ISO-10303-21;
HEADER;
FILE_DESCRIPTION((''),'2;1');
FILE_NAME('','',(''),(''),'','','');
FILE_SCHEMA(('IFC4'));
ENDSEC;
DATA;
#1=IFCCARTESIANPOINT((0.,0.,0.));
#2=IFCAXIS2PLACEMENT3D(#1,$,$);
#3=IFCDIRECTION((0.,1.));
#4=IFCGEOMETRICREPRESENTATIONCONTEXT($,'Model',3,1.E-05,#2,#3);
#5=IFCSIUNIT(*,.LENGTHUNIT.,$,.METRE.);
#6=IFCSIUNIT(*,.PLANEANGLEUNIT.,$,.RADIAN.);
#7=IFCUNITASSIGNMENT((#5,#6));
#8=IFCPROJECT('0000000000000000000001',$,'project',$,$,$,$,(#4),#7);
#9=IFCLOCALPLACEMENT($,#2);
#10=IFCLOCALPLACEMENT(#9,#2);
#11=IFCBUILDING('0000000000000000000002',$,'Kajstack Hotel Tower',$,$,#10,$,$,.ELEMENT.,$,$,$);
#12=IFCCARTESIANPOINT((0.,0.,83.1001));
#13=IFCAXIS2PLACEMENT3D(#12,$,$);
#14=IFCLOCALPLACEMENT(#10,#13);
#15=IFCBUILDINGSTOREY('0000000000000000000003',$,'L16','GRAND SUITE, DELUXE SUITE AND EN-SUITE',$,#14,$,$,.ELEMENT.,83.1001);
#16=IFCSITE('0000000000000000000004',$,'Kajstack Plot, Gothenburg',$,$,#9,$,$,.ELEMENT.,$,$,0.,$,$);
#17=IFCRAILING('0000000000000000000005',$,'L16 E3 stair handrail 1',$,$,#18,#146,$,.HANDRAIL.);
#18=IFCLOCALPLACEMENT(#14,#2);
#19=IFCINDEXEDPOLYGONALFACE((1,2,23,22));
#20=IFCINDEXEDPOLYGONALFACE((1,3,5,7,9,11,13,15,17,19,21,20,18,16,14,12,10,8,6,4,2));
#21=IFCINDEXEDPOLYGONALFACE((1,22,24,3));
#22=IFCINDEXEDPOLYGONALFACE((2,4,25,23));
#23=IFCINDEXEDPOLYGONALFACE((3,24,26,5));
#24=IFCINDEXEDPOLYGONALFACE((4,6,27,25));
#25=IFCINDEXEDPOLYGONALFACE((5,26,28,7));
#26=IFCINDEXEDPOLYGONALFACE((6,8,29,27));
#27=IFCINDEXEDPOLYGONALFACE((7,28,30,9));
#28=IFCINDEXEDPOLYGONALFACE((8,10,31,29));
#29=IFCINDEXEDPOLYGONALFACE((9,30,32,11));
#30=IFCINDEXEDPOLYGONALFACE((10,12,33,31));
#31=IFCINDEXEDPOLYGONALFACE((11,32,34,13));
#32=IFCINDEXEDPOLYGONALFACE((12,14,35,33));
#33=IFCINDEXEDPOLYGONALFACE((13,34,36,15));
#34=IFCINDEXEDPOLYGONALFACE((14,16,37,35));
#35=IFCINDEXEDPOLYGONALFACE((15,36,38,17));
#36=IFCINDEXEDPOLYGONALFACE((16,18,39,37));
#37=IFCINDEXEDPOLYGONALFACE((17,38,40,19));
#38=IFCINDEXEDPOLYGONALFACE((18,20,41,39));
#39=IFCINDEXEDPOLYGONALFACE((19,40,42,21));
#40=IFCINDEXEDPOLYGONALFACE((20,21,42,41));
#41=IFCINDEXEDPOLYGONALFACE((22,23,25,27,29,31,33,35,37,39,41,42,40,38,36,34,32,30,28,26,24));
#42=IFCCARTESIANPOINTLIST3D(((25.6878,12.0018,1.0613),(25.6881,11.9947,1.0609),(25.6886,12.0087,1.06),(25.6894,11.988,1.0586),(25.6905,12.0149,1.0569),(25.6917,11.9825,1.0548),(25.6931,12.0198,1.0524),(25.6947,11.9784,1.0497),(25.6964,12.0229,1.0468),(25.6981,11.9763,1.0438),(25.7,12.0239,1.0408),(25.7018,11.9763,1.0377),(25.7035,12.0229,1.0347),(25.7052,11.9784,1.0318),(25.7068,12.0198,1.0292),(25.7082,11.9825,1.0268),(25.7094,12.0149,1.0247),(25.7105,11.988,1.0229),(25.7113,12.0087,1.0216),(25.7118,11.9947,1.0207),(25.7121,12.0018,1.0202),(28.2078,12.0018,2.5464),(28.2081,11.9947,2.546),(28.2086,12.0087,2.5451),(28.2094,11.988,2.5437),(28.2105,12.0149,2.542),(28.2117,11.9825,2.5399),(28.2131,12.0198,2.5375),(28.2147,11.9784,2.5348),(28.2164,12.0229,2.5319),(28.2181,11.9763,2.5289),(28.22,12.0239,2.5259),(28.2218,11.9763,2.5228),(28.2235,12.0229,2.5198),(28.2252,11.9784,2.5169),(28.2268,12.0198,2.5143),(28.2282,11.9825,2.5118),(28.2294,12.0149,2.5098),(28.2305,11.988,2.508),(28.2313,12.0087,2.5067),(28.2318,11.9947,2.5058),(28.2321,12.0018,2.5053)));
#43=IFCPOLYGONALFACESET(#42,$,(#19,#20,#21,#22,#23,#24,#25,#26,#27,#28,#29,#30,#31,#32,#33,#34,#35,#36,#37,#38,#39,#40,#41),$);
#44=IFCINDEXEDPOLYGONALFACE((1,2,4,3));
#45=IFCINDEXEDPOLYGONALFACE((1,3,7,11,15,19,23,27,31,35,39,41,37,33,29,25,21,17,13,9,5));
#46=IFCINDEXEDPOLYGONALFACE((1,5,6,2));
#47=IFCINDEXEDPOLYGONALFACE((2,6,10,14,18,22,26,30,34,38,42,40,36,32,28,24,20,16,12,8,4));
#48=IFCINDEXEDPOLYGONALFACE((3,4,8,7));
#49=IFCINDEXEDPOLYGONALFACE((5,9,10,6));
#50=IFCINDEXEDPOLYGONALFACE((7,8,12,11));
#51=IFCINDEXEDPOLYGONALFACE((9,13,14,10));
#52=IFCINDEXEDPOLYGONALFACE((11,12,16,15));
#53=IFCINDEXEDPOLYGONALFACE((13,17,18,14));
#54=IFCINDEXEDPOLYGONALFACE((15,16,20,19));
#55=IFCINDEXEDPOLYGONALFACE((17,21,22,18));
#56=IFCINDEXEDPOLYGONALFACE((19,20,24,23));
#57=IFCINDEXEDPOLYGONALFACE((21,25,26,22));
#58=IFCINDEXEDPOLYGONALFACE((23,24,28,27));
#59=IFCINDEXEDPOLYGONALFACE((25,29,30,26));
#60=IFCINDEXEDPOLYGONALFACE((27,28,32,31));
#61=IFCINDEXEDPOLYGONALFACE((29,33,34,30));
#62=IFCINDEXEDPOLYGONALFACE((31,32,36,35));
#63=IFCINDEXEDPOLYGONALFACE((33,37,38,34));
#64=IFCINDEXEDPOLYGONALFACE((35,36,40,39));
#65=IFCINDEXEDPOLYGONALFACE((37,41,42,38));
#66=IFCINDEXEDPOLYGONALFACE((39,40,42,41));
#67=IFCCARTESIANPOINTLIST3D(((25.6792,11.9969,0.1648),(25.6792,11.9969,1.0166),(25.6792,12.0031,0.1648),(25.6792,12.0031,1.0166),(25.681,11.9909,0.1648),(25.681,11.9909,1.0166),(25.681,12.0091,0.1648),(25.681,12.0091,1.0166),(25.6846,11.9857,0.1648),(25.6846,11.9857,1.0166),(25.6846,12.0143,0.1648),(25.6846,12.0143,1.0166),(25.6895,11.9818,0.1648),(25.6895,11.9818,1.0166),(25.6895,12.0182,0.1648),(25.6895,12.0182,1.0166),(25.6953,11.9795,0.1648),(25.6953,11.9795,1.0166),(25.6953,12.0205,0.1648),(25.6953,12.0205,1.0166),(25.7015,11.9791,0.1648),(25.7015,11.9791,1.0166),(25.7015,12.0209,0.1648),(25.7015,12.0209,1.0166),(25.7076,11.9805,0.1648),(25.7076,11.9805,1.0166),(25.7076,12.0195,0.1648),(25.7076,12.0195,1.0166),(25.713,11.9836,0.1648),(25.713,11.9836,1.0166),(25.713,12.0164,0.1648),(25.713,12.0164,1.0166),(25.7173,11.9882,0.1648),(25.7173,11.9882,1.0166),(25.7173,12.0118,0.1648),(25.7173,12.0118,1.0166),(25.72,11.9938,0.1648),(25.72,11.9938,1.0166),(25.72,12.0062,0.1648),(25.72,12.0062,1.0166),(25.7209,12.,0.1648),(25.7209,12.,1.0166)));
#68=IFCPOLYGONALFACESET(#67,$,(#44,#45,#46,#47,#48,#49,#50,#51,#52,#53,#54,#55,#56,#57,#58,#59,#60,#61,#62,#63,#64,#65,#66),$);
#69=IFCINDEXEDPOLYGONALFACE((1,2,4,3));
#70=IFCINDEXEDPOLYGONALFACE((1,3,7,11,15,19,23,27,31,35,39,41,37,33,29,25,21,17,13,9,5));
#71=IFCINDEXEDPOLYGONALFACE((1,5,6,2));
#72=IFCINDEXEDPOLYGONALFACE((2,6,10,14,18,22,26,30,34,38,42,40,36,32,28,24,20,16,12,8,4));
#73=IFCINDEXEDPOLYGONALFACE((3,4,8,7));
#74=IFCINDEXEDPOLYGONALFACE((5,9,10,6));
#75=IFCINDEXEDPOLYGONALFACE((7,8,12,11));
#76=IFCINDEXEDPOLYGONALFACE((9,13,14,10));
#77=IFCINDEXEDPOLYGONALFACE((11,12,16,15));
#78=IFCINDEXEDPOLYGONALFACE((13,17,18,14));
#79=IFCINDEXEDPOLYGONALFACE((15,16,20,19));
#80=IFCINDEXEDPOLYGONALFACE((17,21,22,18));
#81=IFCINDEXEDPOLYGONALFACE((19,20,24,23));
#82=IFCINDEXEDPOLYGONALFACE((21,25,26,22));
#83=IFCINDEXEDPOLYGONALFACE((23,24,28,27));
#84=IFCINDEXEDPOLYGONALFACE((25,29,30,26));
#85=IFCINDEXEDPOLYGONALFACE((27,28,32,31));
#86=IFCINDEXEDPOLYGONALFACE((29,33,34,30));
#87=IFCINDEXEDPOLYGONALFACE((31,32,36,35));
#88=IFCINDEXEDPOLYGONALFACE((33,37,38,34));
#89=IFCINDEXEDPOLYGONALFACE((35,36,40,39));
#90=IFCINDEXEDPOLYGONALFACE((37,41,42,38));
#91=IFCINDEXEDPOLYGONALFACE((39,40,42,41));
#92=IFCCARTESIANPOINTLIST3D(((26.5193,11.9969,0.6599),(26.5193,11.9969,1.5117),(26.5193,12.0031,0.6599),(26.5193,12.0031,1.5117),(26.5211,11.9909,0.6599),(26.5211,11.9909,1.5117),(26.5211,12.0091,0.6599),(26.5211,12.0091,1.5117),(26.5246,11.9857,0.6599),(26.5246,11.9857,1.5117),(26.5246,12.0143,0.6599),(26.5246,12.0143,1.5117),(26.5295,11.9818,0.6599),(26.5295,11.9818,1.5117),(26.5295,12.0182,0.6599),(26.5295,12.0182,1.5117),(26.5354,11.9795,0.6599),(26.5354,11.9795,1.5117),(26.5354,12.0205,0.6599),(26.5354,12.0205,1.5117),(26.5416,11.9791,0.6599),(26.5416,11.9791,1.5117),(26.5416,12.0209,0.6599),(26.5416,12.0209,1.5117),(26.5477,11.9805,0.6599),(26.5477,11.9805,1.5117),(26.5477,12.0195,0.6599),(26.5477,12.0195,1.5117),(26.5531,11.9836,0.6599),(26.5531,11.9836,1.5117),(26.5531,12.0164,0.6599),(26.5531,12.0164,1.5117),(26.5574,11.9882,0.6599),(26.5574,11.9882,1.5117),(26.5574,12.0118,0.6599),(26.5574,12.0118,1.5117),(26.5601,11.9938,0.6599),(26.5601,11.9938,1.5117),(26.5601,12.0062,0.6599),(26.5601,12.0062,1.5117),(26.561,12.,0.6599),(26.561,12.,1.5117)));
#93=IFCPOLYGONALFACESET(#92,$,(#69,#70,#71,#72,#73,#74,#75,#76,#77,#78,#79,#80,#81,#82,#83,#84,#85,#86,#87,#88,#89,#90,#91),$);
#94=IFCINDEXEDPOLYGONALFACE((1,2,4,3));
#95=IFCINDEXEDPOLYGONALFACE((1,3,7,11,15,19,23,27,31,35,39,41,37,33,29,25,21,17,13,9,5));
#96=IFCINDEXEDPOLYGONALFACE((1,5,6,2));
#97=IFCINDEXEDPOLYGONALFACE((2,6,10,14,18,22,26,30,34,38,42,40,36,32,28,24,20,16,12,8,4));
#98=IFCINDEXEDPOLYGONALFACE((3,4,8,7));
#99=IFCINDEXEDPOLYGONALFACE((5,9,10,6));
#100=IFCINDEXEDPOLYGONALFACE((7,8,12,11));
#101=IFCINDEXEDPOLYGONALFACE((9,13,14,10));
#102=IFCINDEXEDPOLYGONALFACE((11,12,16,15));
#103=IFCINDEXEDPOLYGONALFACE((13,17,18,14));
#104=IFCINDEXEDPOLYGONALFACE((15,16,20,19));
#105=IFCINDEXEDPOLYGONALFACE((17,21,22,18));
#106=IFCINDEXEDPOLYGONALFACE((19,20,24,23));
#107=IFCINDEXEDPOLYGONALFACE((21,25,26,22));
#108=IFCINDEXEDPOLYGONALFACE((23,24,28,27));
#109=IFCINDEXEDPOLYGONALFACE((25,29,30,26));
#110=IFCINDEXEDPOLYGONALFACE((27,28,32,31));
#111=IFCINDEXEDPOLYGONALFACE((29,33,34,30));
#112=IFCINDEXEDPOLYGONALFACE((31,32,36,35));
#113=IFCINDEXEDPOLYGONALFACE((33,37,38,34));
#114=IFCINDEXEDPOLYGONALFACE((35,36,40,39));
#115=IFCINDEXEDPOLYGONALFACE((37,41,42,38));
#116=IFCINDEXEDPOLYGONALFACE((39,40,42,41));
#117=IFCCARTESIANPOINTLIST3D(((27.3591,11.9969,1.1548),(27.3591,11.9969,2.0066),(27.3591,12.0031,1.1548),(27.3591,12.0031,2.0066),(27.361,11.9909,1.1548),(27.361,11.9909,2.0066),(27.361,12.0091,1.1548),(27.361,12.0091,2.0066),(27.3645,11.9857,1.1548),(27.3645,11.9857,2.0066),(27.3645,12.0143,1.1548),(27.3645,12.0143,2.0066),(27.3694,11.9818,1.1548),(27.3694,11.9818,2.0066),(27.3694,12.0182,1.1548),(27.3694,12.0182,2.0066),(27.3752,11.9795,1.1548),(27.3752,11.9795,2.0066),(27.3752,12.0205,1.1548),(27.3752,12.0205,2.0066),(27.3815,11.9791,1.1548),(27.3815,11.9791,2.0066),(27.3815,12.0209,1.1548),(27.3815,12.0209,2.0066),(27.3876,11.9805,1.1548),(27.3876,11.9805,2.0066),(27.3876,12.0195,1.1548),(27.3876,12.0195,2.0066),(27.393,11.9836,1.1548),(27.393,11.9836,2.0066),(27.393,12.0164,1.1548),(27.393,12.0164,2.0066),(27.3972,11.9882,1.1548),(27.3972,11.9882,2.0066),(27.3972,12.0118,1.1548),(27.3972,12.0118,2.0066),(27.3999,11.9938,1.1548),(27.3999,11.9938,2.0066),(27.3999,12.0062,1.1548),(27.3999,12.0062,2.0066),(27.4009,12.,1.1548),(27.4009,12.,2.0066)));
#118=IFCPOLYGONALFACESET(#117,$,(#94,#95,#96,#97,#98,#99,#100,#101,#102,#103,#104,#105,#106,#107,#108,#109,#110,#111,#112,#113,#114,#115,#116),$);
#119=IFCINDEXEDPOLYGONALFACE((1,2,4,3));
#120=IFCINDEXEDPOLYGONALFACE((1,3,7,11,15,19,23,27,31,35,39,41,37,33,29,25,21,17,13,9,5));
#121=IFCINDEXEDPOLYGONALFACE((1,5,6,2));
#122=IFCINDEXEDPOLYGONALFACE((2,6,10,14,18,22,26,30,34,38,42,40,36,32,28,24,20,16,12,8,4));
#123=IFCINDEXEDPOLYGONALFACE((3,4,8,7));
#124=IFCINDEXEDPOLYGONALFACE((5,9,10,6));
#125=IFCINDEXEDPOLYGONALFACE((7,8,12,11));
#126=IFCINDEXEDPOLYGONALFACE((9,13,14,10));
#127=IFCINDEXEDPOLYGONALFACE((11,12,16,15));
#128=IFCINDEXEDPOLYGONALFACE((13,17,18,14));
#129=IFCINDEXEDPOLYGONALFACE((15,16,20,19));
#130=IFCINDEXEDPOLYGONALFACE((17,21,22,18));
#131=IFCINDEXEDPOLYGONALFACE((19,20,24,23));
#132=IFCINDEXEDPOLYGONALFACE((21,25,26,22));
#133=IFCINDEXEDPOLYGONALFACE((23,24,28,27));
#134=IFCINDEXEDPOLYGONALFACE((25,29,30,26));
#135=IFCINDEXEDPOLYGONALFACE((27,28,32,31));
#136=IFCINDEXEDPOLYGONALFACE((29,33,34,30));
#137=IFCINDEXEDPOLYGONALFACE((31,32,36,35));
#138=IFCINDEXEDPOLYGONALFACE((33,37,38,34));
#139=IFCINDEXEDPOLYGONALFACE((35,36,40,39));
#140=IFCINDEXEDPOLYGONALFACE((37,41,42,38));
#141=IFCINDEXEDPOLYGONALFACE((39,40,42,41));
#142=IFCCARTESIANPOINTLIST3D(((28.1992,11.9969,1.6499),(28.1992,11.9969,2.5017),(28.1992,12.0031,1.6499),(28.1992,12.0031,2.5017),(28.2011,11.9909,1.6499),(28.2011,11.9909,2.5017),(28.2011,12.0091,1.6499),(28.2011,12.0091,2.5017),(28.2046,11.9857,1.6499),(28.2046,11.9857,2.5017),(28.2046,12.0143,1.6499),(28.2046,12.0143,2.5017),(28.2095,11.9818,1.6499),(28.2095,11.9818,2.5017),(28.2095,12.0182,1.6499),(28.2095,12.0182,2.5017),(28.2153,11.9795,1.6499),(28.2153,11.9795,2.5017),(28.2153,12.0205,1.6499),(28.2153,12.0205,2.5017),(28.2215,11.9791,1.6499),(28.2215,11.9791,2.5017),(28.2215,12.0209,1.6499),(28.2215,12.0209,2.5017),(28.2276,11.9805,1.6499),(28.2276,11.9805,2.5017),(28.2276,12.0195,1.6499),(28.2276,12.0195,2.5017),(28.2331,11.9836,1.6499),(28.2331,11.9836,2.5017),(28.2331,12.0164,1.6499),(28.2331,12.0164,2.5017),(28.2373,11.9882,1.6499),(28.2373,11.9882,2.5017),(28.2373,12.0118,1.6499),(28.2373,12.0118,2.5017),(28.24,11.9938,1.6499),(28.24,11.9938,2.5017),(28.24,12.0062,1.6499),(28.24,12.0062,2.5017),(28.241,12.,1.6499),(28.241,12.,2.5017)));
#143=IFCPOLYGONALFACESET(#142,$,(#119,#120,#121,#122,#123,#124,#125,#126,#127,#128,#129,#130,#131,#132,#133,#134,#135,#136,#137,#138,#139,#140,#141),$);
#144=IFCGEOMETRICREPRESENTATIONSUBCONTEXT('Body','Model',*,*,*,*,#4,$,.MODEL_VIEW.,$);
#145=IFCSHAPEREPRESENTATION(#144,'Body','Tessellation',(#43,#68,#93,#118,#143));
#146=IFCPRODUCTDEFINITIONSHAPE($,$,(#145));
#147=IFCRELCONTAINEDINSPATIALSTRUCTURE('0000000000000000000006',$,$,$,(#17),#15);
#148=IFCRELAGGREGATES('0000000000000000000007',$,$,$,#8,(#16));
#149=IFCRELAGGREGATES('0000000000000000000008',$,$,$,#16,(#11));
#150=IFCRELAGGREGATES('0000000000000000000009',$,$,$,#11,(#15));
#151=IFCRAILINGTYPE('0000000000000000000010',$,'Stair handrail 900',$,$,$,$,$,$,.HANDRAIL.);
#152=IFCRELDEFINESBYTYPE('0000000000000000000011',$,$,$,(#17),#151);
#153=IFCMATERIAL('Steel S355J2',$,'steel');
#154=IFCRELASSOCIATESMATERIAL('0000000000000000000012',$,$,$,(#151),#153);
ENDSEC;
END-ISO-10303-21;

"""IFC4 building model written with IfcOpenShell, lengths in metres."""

from ifc_helpers import new_model, si_unit, direction, frame, origin, origin_2d, place, context, subcontext, project, spatial, circle, extrude, material, type_object, element, save


model = new_model("IFC4")

# Units and contexts
model_context = context("Model", 3, precision=1e-05, world=origin(), true_north=direction((0.0, 1.0)))
body_context = subcontext(model_context, "Body", "Model", "MODEL_VIEW")
ifc_project = project(units=[si_unit("LENGTHUNIT", "METRE"), si_unit("PLANEANGLEUNIT", "RADIAN")], contexts=[model_context])

# Site, building, storey
site_placement = place(None, origin())
site = spatial("IfcSite", under=ifc_project, at=site_placement, Name="Kajstack Plot, Gothenburg", CompositionType="ELEMENT", RefElevation=0.0)
building_placement = place(site_placement, origin())
building = spatial("IfcBuilding", under=site, at=building_placement, Name="Kajstack Hotel Tower", CompositionType="ELEMENT")
storey_placement = place(building_placement, frame((0.0, 0.0, 83.1001)))
storey = spatial("IfcBuildingStorey", under=building, at=storey_placement, Name="L16", Description="GRAND SUITE, DELUXE SUITE AND EN-SUITE", CompositionType="ELEMENT", Elevation=83.1001)

# Railing
ifc_material_1 = material(Name="Steel S355J2", Category="steel")
railing_type_1 = type_object("IfcRailingType", Name="Stair handrail 900", PredefinedType="HANDRAIL", material=ifc_material_1)
railing_1_placement = place(storey_placement, frame((25.7, 12.0, 0.1648)))
element("IfcRailing", 1, at=railing_1_placement, inside=storey, type_object=railing_type_1, Name="L16 E3 stair handrail 1", PredefinedType="HANDRAIL", context=body_context, shape_type="SweptSolid", body=[
    extrude(circle(Radius=0.0239, at=origin_2d()), frame((0.0, 0.0, 0.876), z_axis=(0.861524, 0.0, 0.507717), x_axis=(0.0, 1.0, 0.0)), (0.0, 0.0, 1.0), 2.925),
    extrude(circle(Radius=0.021, at=origin_2d()), origin(), (0.0, 0.0, 1.0), 0.8518),
    extrude(circle(Radius=0.021, at=origin_2d()), frame((0.8401, 0.0, 0.4951)), (0.0, 0.0, 1.0), 0.8518),
    extrude(circle(Radius=0.021, at=origin_2d()), frame((1.6799, 0.0, 0.99)), (0.0, 0.0, 1.0), 0.8518),
    extrude(circle(Radius=0.021, at=origin_2d()), frame((2.52, 0.0, 1.4851)), (0.0, 0.0, 1.0), 0.8518),
])

save(model, "model.ifc")
